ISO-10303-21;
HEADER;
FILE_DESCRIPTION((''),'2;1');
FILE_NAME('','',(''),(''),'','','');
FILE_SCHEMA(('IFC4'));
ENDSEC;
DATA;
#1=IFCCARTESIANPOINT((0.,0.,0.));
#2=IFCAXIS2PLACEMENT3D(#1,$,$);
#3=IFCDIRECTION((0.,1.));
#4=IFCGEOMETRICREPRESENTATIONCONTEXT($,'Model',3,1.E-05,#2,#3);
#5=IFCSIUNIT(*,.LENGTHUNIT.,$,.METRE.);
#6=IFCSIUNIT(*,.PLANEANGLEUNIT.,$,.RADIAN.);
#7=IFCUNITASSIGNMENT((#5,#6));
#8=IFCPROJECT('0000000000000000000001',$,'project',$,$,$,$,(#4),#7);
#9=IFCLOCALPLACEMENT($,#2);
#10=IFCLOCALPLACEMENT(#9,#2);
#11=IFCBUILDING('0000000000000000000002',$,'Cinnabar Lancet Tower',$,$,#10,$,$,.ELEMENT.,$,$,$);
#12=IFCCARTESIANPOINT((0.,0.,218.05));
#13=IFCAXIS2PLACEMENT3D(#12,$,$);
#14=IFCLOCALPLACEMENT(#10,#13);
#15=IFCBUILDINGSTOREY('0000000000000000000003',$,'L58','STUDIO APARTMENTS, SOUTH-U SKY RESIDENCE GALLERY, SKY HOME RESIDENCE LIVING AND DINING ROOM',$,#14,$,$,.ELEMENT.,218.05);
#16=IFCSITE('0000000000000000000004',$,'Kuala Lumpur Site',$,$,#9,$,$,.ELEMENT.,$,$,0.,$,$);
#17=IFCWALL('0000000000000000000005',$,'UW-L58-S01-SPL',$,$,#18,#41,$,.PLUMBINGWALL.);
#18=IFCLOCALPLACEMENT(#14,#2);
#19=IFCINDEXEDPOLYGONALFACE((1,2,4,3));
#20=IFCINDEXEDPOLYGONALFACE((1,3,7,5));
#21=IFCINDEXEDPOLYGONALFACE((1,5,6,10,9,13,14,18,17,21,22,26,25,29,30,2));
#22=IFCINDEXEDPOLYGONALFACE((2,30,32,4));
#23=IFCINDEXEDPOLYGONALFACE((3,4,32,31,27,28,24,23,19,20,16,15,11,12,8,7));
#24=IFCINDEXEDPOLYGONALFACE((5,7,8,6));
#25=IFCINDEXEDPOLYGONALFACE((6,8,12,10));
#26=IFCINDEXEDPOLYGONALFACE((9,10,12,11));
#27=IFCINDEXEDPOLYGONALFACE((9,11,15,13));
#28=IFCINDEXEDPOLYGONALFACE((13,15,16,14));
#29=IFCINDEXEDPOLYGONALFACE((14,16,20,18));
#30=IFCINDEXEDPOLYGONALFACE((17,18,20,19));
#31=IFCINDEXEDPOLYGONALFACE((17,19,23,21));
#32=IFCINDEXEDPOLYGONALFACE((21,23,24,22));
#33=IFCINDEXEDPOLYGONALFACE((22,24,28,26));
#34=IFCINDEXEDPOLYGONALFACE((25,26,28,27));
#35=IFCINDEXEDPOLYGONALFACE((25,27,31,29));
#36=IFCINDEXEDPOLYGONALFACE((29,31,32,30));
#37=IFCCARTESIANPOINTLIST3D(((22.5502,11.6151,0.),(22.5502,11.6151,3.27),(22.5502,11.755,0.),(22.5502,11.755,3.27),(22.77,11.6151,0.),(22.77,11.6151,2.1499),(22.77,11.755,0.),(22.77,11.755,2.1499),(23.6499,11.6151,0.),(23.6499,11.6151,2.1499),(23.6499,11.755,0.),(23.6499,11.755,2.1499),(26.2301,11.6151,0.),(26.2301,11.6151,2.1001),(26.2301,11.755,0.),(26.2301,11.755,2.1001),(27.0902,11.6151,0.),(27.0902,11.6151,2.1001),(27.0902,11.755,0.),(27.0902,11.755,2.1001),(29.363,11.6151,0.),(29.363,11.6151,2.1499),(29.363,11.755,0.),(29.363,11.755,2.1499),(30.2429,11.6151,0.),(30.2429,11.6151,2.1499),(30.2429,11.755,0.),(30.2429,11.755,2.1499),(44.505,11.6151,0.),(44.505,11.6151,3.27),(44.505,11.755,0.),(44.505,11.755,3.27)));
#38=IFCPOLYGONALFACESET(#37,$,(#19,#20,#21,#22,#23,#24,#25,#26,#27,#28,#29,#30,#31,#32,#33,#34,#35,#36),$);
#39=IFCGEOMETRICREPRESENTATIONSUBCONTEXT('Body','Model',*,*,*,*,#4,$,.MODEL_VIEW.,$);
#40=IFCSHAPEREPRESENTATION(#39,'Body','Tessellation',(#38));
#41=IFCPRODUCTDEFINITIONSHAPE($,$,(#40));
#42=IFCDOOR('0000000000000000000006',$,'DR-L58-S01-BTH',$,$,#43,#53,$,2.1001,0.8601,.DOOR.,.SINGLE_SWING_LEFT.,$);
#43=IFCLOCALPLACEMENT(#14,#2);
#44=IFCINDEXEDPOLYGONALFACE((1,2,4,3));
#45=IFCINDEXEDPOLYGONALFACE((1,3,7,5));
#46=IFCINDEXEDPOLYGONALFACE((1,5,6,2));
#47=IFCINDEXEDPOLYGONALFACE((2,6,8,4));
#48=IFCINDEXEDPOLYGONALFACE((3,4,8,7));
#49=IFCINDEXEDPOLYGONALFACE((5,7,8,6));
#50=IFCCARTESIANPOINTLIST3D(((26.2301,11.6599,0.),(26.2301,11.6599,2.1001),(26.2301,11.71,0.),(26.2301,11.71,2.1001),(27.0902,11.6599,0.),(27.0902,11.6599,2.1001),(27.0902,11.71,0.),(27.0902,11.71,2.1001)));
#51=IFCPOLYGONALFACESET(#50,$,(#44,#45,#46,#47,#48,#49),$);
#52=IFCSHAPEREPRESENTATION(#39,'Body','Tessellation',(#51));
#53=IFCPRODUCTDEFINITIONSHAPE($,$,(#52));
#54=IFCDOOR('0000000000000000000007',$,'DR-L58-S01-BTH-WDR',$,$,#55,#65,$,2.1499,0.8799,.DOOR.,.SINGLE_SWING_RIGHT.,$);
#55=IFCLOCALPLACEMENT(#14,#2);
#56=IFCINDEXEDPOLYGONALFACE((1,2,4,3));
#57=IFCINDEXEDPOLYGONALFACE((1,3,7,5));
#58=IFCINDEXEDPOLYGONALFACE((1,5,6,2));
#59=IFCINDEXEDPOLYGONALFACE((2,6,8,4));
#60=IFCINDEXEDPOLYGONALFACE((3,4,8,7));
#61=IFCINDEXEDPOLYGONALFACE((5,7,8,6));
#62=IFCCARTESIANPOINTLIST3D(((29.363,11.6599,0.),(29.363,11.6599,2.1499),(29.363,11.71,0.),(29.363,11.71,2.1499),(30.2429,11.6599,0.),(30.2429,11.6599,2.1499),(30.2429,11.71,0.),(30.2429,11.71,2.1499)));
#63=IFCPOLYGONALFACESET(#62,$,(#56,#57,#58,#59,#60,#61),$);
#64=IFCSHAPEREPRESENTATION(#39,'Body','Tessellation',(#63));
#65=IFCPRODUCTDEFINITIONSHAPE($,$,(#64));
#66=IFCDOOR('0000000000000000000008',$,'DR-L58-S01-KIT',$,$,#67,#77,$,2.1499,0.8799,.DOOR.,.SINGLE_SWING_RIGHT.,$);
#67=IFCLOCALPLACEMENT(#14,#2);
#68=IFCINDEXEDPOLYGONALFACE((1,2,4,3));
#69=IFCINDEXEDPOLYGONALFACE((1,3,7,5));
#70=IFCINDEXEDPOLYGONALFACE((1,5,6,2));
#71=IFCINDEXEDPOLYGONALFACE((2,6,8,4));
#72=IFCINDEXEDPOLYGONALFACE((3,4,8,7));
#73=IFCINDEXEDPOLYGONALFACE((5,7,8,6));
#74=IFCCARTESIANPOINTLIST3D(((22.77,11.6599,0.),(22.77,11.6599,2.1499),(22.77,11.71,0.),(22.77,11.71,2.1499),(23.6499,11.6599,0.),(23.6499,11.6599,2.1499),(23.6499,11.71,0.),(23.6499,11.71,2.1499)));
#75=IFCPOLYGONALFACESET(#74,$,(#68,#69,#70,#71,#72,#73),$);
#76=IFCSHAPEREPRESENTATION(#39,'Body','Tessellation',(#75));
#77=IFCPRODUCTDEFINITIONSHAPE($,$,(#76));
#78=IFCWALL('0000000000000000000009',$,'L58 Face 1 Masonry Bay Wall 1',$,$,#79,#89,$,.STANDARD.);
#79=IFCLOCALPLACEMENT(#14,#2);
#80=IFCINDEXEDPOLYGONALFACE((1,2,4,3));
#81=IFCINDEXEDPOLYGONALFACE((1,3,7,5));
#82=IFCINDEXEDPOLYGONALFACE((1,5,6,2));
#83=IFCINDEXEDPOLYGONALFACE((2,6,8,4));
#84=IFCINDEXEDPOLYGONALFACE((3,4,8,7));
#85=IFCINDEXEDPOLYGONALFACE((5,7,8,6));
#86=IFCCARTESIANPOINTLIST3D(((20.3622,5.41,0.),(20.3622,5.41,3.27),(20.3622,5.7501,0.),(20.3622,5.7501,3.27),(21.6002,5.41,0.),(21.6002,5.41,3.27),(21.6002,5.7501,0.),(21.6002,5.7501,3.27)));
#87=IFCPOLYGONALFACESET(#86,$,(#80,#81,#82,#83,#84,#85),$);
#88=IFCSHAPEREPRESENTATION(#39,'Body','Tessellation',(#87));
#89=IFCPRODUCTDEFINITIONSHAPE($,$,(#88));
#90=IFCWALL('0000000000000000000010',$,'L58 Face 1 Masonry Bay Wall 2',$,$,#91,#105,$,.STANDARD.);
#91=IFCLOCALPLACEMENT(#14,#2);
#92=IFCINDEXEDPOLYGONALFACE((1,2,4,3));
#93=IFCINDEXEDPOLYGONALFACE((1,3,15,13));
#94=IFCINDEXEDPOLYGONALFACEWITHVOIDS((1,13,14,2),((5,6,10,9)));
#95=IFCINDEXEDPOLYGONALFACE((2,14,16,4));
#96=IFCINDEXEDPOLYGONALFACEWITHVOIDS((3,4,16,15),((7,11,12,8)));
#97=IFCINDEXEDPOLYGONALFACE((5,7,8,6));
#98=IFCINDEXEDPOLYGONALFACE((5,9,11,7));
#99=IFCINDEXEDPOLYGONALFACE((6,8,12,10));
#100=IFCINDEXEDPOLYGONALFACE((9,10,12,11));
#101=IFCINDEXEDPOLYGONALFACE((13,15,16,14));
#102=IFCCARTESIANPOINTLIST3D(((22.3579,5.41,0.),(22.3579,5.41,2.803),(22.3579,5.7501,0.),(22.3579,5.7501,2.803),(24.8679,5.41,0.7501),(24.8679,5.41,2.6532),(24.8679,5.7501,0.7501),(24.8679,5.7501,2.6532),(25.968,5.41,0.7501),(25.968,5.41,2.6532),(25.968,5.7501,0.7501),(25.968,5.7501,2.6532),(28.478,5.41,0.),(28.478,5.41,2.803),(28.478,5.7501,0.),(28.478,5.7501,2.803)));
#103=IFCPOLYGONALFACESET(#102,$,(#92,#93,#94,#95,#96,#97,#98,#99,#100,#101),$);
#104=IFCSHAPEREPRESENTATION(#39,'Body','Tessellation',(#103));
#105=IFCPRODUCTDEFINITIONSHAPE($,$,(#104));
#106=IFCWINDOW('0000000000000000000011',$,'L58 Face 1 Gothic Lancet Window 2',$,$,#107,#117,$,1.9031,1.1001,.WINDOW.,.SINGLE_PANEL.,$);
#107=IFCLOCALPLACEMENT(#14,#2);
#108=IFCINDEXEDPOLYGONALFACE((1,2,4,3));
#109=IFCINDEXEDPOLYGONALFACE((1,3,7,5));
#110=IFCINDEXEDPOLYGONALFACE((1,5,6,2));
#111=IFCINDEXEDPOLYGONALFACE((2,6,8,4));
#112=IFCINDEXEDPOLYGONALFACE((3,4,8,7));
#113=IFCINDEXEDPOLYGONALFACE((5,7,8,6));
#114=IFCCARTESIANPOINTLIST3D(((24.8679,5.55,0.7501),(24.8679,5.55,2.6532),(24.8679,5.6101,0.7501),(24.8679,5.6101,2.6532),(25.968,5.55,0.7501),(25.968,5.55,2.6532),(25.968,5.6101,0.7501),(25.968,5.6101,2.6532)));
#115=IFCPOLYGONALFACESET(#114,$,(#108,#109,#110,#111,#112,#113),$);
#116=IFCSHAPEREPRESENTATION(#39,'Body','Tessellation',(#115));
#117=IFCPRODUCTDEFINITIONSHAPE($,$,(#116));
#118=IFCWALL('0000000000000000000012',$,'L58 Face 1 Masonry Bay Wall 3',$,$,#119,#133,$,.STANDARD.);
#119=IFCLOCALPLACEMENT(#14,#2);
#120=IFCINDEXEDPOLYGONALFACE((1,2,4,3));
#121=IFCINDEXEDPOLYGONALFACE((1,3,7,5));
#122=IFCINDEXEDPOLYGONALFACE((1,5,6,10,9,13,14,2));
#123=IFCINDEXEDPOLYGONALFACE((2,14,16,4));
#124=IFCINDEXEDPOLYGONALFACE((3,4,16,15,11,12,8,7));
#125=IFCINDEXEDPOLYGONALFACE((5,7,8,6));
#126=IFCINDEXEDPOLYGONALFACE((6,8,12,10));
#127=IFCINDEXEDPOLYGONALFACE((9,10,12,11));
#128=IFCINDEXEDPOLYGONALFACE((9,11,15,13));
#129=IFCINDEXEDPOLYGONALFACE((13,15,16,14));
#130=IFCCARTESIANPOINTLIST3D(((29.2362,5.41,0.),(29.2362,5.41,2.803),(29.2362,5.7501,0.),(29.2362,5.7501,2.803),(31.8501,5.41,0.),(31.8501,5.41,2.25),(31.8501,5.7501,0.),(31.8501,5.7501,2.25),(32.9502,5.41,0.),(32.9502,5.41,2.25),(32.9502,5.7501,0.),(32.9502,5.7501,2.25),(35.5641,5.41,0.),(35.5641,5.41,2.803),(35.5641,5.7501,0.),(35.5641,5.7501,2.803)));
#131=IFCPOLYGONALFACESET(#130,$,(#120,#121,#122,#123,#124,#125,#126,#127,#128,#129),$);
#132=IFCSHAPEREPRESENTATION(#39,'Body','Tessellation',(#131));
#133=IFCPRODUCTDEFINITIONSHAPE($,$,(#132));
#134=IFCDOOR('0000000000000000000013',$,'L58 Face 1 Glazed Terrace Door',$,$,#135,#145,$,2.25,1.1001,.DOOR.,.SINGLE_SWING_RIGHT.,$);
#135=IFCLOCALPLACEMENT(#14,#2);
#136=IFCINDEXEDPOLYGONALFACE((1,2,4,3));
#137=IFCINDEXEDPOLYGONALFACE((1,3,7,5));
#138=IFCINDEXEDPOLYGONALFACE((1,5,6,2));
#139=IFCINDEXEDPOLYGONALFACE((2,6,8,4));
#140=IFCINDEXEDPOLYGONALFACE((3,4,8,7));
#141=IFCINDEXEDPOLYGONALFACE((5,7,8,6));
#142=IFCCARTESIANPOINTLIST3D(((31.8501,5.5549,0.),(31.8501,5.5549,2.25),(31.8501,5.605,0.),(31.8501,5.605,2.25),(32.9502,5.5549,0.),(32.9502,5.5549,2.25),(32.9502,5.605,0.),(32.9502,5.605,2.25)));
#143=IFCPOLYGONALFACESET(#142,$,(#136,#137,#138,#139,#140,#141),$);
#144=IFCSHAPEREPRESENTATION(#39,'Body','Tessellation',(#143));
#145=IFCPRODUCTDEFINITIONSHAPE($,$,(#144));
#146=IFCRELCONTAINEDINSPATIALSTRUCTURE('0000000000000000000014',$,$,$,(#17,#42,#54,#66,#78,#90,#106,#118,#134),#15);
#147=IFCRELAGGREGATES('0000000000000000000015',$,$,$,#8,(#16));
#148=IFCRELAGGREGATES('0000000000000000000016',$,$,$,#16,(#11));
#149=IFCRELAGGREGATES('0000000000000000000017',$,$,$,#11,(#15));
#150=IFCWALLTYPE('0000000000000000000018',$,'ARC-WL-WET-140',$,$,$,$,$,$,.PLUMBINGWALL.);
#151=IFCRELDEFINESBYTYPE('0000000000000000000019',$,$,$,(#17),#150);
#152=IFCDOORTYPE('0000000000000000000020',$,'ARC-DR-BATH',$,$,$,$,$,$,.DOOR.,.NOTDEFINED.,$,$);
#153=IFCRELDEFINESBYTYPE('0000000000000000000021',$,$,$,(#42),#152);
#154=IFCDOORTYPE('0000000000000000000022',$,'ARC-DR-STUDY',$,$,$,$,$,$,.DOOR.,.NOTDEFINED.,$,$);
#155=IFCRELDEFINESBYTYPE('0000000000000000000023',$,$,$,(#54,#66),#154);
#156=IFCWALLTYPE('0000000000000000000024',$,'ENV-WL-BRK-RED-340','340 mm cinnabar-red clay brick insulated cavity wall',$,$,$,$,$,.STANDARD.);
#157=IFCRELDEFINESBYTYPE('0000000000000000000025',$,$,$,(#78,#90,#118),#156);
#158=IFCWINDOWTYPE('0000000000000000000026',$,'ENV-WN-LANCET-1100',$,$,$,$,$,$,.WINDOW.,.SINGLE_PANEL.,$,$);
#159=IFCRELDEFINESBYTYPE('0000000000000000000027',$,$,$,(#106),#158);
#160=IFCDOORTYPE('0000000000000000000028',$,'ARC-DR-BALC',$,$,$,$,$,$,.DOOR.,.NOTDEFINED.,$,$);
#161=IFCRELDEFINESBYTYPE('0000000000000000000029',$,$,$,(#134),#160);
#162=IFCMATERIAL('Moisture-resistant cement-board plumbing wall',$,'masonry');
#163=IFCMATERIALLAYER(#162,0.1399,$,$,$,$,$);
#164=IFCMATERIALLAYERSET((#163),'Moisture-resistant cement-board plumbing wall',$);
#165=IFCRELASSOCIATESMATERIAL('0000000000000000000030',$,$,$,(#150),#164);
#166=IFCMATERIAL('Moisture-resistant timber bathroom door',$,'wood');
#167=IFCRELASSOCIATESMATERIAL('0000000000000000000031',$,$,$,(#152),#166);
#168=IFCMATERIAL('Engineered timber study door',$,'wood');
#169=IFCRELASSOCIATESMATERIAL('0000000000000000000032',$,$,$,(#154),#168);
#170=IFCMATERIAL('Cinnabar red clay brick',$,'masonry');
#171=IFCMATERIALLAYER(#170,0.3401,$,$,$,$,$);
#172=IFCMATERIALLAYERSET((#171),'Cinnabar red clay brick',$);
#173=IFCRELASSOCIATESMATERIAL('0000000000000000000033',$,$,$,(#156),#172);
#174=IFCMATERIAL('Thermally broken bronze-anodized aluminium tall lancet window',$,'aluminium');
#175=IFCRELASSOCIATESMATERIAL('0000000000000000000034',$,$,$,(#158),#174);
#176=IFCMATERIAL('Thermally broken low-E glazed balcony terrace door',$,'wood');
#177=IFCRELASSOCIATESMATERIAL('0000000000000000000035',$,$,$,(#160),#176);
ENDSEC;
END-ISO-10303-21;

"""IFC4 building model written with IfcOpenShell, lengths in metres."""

from ifc_helpers import new_model, si_unit, direction, frame, frame_2d, origin, place, context, subcontext, project, spatial, rectangle, extrude, material, layer, layer_set, type_object, element, fill, save


model = new_model("IFC4")

# Units and contexts
model_context = context("Model", 3, precision=1e-05, world=origin(), true_north=direction((0.0, 1.0)))
body_context = subcontext(model_context, "Body", "Model", "MODEL_VIEW")
ifc_project = project(units=[si_unit("LENGTHUNIT", "METRE"), si_unit("PLANEANGLEUNIT", "RADIAN")], contexts=[model_context])

# Site, building, storey
site_placement = place(None, origin())
site = spatial("IfcSite", under=ifc_project, at=site_placement, Name="Kuala Lumpur Site", CompositionType="ELEMENT", RefElevation=0.0)
building_placement = place(site_placement, origin())
building = spatial("IfcBuilding", under=site, at=building_placement, Name="Cinnabar Lancet Tower", CompositionType="ELEMENT")
storey_placement = place(building_placement, frame((0.0, 0.0, 218.05)))
storey = spatial("IfcBuildingStorey", under=building, at=storey_placement, Name="L58", Description="STUDIO APARTMENTS, SOUTH-U SKY RESIDENCE GALLERY, SKY HOME RESIDENCE LIVING AND DINING ROOM", CompositionType="ELEMENT", Elevation=218.05)

# Wall, openings, doors
ifc_material_1 = material(Name="Moisture-resistant cement-board plumbing wall", Category="masonry")
ifc_layer_1 = layer(ifc_material_1, 0.1399)
ifc_layer_set_1 = layer_set([ifc_layer_1], Name="Moisture-resistant cement-board plumbing wall")
wall_type_1 = type_object("IfcWallType", Name="ARC-WL-WET-140", PredefinedType="PLUMBINGWALL", material=ifc_layer_set_1)
wall_1_placement = place(storey_placement, frame((22.55, 11.6851, 0.0), z_axis=(0.0, 0.0, 1.0), x_axis=(1.0, 0.0, 0.0)))
wall_1 = element("IfcWall", 1, at=wall_1_placement, inside=storey, type_object=wall_type_1, Name="UW-L58-S01-SPL", PredefinedType="PLUMBINGWALL", context=body_context, shape_type="SweptSolid", body=[
    extrude(rectangle(XDim=21.9548, YDim=0.1399, at=frame_2d((10.9775, 0.0))), origin(), (0.0, 0.0, 1.0), 3.27),
])
opening_1_placement = place(wall_1_placement, frame((3.6799, 0.0, 0.0)))
opening_1 = element("IfcOpeningElement", 2, at=opening_1_placement, cuts=wall_1, PredefinedType="OPENING", context=body_context, shape_type="SweptSolid", body=[
    extrude(rectangle(XDim=0.8601, YDim=2.1001, at=frame_2d((0.4302, 1.05))), frame((0.0, 0.0798, 0.0), z_axis=(0.0, -1.0, 0.0), x_axis=(1.0, 0.0, 0.0)), (0.0, 0.0, 1.0), 0.1599),
])
opening_2_placement = place(wall_1_placement, frame((6.813, 0.0, 0.0)))
opening_2 = element("IfcOpeningElement", 3, at=opening_2_placement, cuts=wall_1, PredefinedType="OPENING", context=body_context, shape_type="SweptSolid", body=[
    extrude(rectangle(XDim=0.8799, YDim=2.1499, at=frame_2d((0.4399, 1.075))), frame((0.0, 0.0798, 0.0), z_axis=(0.0, -1.0, 0.0), x_axis=(1.0, 0.0, 0.0)), (0.0, 0.0, 1.0), 0.1599),
])
opening_3_placement = place(wall_1_placement, frame((0.22, 0.0, 0.0)))
opening_3 = element("IfcOpeningElement", 4, at=opening_3_placement, cuts=wall_1, PredefinedType="OPENING", context=body_context, shape_type="SweptSolid", body=[
    extrude(rectangle(XDim=0.8799, YDim=2.1499, at=frame_2d((0.4399, 1.075))), frame((0.0, 0.0798, 0.0), z_axis=(0.0, -1.0, 0.0), x_axis=(1.0, 0.0, 0.0)), (0.0, 0.0, 1.0), 0.1599),
])
ifc_material_2 = material(Name="Moisture-resistant timber bathroom door", Category="wood")
door_type_1 = type_object("IfcDoorType", Name="ARC-DR-BATH", OperationType="NOTDEFINED", PredefinedType="DOOR", material=ifc_material_2)
door_1_placement = place(opening_1_placement, origin())
door_1 = element("IfcDoor", 5, at=door_1_placement, inside=storey, type_object=door_type_1, Name="DR-L58-S01-BTH", OperationType="SINGLE_SWING_LEFT", OverallHeight=2.1001, OverallWidth=0.8601, PredefinedType="DOOR", context=body_context, shape_type="SweptSolid", body=[
    extrude(rectangle(XDim=0.8601, YDim=2.1001, at=frame_2d((0.4302, 1.05))), frame((0.0, 0.0249, 0.0), z_axis=(0.0, -1.0, 0.0), x_axis=(1.0, 0.0, 0.0)), (0.0, 0.0, 1.0), 0.05),
])
fill(opening_1, door_1)
ifc_material_3 = material(Name="Engineered timber study door", Category="wood")
door_type_2 = type_object("IfcDoorType", Name="ARC-DR-STUDY", OperationType="NOTDEFINED", PredefinedType="DOOR", material=ifc_material_3)
door_2_placement = place(opening_2_placement, origin())
door_2 = element("IfcDoor", 6, at=door_2_placement, inside=storey, type_object=door_type_2, Name="DR-L58-S01-BTH-WDR", OperationType="SINGLE_SWING_RIGHT", OverallHeight=2.1499, OverallWidth=0.8799, PredefinedType="DOOR", context=body_context, shape_type="SweptSolid", body=[
    extrude(rectangle(XDim=0.8799, YDim=2.1499, at=frame_2d((0.4399, 1.075))), frame((0.0, 0.0249, 0.0), z_axis=(0.0, -1.0, 0.0), x_axis=(1.0, 0.0, 0.0)), (0.0, 0.0, 1.0), 0.05),
])
fill(opening_2, door_2)
door_3_placement = place(opening_3_placement, origin())
door_3 = element("IfcDoor", 7, at=door_3_placement, inside=storey, type_object=door_type_2, Name="DR-L58-S01-KIT", OperationType="SINGLE_SWING_RIGHT", OverallHeight=2.1499, OverallWidth=0.8799, PredefinedType="DOOR", context=body_context, shape_type="SweptSolid", body=[
    extrude(rectangle(XDim=0.8799, YDim=2.1499, at=frame_2d((0.4399, 1.075))), frame((0.0, 0.0249, 0.0), z_axis=(0.0, -1.0, 0.0), x_axis=(1.0, 0.0, 0.0)), (0.0, 0.0, 1.0), 0.05),
])
fill(opening_3, door_3)

# Wall
ifc_material_4 = material(Name="Cinnabar red clay brick", Category="masonry")
ifc_layer_2 = layer(ifc_material_4, 0.3401)
ifc_layer_set_2 = layer_set([ifc_layer_2], Name="Cinnabar red clay brick")
wall_type_2 = type_object("IfcWallType", Name="ENV-WL-BRK-RED-340", Description="340 mm cinnabar-red clay brick insulated cavity wall", PredefinedType="STANDARD", material=ifc_layer_set_2)
wall_2_placement = place(storey_placement, frame((20.3621, 5.5801, 0.0), z_axis=(0.0, 0.0, 1.0), x_axis=(1.0, 0.0, 0.0)))
element("IfcWall", 8, at=wall_2_placement, inside=storey, type_object=wall_type_2, Name="L58 Face 1 Masonry Bay Wall 1", PredefinedType="STANDARD", context=body_context, shape_type="SweptSolid", body=[
    extrude(rectangle(XDim=1.238, YDim=0.3401, at=frame_2d((0.6191, 0.0))), origin(), (0.0, 0.0, 1.0), 3.27),
])

# Wall, opening, window
wall_3_placement = place(storey_placement, frame((22.3579, 5.5801, 0.0), z_axis=(0.0, 0.0, 1.0), x_axis=(1.0, 0.0, 0.0)))
wall_3 = element("IfcWall", 9, at=wall_3_placement, inside=storey, type_object=wall_type_2, Name="L58 Face 1 Masonry Bay Wall 2", PredefinedType="STANDARD", context=body_context, shape_type="SweptSolid", body=[
    extrude(rectangle(XDim=6.1201, YDim=0.3401, at=frame_2d((3.0601, 0.0))), origin(), (0.0, 0.0, 1.0), 2.803),
])
opening_4_placement = place(wall_3_placement, frame((2.51, 0.0, 0.75)))
opening_4 = element("IfcOpeningElement", 10, at=opening_4_placement, cuts=wall_3, PredefinedType="OPENING", context=body_context, shape_type="SweptSolid", body=[
    extrude(rectangle(XDim=1.1001, YDim=1.9031, at=frame_2d((0.55, 0.9517))), frame((0.0, 0.1799, 0.0), z_axis=(0.0, -1.0, 0.0), x_axis=(1.0, 0.0, 0.0)), (0.0, 0.0, 1.0), 0.3601),
])
ifc_material_5 = material(Name="Thermally broken bronze-anodized aluminium tall lancet window", Category="aluminium")
window_type = type_object("IfcWindowType", Name="ENV-WN-LANCET-1100", PartitioningType="SINGLE_PANEL", PredefinedType="WINDOW", material=ifc_material_5)
window_placement = place(opening_4_placement, origin())
window = element("IfcWindow", 11, at=window_placement, inside=storey, type_object=window_type, Name="L58 Face 1 Gothic Lancet Window 2", OverallHeight=1.9031, OverallWidth=1.1001, PartitioningType="SINGLE_PANEL", PredefinedType="WINDOW", context=body_context, shape_type="SweptSolid", body=[
    extrude(rectangle(XDim=1.1001, YDim=1.9031, at=frame_2d((0.55, 0.9517))), frame((0.0, 0.03, 0.0), z_axis=(0.0, -1.0, 0.0), x_axis=(1.0, 0.0, 0.0)), (0.0, 0.0, 1.0), 0.0601),
])
fill(opening_4, window)

# Wall, opening, door
wall_4_placement = place(storey_placement, frame((29.2361, 5.5801, 0.0), z_axis=(0.0, 0.0, 1.0), x_axis=(1.0, 0.0, 0.0)))
wall_4 = element("IfcWall", 12, at=wall_4_placement, inside=storey, type_object=wall_type_2, Name="L58 Face 1 Masonry Bay Wall 3", PredefinedType="STANDARD", context=body_context, shape_type="SweptSolid", body=[
    extrude(rectangle(XDim=6.3279, YDim=0.3401, at=frame_2d((3.1641, 0.0))), origin(), (0.0, 0.0, 1.0), 2.803),
])
opening_5_placement = place(wall_4_placement, frame((2.614, 0.0, 0.0)))
opening_5 = element("IfcOpeningElement", 13, at=opening_5_placement, cuts=wall_4, PredefinedType="OPENING", context=body_context, shape_type="SweptSolid", body=[
    extrude(rectangle(XDim=1.1001, YDim=2.25, at=frame_2d((0.55, 1.125))), frame((0.0, 0.1799, 0.0), z_axis=(0.0, -1.0, 0.0), x_axis=(1.0, 0.0, 0.0)), (0.0, 0.0, 1.0), 0.3601),
])
ifc_material_6 = material(Name="Thermally broken low-E glazed balcony terrace door", Category="wood")
door_type_3 = type_object("IfcDoorType", Name="ARC-DR-BALC", OperationType="NOTDEFINED", PredefinedType="DOOR", material=ifc_material_6)
door_4_placement = place(opening_5_placement, origin())
door_4 = element("IfcDoor", 14, at=door_4_placement, inside=storey, type_object=door_type_3, Name="L58 Face 1 Glazed Terrace Door", OperationType="SINGLE_SWING_RIGHT", OverallHeight=2.25, OverallWidth=1.1001, PredefinedType="DOOR", context=body_context, shape_type="SweptSolid", body=[
    extrude(rectangle(XDim=1.1001, YDim=2.25, at=frame_2d((0.55, 1.125))), frame((0.0, 0.0249, 0.0), z_axis=(0.0, -1.0, 0.0), x_axis=(1.0, 0.0, 0.0)), (0.0, 0.0, 1.0), 0.05),
])
fill(opening_5, door_4)

save(model, "model.ifc")
